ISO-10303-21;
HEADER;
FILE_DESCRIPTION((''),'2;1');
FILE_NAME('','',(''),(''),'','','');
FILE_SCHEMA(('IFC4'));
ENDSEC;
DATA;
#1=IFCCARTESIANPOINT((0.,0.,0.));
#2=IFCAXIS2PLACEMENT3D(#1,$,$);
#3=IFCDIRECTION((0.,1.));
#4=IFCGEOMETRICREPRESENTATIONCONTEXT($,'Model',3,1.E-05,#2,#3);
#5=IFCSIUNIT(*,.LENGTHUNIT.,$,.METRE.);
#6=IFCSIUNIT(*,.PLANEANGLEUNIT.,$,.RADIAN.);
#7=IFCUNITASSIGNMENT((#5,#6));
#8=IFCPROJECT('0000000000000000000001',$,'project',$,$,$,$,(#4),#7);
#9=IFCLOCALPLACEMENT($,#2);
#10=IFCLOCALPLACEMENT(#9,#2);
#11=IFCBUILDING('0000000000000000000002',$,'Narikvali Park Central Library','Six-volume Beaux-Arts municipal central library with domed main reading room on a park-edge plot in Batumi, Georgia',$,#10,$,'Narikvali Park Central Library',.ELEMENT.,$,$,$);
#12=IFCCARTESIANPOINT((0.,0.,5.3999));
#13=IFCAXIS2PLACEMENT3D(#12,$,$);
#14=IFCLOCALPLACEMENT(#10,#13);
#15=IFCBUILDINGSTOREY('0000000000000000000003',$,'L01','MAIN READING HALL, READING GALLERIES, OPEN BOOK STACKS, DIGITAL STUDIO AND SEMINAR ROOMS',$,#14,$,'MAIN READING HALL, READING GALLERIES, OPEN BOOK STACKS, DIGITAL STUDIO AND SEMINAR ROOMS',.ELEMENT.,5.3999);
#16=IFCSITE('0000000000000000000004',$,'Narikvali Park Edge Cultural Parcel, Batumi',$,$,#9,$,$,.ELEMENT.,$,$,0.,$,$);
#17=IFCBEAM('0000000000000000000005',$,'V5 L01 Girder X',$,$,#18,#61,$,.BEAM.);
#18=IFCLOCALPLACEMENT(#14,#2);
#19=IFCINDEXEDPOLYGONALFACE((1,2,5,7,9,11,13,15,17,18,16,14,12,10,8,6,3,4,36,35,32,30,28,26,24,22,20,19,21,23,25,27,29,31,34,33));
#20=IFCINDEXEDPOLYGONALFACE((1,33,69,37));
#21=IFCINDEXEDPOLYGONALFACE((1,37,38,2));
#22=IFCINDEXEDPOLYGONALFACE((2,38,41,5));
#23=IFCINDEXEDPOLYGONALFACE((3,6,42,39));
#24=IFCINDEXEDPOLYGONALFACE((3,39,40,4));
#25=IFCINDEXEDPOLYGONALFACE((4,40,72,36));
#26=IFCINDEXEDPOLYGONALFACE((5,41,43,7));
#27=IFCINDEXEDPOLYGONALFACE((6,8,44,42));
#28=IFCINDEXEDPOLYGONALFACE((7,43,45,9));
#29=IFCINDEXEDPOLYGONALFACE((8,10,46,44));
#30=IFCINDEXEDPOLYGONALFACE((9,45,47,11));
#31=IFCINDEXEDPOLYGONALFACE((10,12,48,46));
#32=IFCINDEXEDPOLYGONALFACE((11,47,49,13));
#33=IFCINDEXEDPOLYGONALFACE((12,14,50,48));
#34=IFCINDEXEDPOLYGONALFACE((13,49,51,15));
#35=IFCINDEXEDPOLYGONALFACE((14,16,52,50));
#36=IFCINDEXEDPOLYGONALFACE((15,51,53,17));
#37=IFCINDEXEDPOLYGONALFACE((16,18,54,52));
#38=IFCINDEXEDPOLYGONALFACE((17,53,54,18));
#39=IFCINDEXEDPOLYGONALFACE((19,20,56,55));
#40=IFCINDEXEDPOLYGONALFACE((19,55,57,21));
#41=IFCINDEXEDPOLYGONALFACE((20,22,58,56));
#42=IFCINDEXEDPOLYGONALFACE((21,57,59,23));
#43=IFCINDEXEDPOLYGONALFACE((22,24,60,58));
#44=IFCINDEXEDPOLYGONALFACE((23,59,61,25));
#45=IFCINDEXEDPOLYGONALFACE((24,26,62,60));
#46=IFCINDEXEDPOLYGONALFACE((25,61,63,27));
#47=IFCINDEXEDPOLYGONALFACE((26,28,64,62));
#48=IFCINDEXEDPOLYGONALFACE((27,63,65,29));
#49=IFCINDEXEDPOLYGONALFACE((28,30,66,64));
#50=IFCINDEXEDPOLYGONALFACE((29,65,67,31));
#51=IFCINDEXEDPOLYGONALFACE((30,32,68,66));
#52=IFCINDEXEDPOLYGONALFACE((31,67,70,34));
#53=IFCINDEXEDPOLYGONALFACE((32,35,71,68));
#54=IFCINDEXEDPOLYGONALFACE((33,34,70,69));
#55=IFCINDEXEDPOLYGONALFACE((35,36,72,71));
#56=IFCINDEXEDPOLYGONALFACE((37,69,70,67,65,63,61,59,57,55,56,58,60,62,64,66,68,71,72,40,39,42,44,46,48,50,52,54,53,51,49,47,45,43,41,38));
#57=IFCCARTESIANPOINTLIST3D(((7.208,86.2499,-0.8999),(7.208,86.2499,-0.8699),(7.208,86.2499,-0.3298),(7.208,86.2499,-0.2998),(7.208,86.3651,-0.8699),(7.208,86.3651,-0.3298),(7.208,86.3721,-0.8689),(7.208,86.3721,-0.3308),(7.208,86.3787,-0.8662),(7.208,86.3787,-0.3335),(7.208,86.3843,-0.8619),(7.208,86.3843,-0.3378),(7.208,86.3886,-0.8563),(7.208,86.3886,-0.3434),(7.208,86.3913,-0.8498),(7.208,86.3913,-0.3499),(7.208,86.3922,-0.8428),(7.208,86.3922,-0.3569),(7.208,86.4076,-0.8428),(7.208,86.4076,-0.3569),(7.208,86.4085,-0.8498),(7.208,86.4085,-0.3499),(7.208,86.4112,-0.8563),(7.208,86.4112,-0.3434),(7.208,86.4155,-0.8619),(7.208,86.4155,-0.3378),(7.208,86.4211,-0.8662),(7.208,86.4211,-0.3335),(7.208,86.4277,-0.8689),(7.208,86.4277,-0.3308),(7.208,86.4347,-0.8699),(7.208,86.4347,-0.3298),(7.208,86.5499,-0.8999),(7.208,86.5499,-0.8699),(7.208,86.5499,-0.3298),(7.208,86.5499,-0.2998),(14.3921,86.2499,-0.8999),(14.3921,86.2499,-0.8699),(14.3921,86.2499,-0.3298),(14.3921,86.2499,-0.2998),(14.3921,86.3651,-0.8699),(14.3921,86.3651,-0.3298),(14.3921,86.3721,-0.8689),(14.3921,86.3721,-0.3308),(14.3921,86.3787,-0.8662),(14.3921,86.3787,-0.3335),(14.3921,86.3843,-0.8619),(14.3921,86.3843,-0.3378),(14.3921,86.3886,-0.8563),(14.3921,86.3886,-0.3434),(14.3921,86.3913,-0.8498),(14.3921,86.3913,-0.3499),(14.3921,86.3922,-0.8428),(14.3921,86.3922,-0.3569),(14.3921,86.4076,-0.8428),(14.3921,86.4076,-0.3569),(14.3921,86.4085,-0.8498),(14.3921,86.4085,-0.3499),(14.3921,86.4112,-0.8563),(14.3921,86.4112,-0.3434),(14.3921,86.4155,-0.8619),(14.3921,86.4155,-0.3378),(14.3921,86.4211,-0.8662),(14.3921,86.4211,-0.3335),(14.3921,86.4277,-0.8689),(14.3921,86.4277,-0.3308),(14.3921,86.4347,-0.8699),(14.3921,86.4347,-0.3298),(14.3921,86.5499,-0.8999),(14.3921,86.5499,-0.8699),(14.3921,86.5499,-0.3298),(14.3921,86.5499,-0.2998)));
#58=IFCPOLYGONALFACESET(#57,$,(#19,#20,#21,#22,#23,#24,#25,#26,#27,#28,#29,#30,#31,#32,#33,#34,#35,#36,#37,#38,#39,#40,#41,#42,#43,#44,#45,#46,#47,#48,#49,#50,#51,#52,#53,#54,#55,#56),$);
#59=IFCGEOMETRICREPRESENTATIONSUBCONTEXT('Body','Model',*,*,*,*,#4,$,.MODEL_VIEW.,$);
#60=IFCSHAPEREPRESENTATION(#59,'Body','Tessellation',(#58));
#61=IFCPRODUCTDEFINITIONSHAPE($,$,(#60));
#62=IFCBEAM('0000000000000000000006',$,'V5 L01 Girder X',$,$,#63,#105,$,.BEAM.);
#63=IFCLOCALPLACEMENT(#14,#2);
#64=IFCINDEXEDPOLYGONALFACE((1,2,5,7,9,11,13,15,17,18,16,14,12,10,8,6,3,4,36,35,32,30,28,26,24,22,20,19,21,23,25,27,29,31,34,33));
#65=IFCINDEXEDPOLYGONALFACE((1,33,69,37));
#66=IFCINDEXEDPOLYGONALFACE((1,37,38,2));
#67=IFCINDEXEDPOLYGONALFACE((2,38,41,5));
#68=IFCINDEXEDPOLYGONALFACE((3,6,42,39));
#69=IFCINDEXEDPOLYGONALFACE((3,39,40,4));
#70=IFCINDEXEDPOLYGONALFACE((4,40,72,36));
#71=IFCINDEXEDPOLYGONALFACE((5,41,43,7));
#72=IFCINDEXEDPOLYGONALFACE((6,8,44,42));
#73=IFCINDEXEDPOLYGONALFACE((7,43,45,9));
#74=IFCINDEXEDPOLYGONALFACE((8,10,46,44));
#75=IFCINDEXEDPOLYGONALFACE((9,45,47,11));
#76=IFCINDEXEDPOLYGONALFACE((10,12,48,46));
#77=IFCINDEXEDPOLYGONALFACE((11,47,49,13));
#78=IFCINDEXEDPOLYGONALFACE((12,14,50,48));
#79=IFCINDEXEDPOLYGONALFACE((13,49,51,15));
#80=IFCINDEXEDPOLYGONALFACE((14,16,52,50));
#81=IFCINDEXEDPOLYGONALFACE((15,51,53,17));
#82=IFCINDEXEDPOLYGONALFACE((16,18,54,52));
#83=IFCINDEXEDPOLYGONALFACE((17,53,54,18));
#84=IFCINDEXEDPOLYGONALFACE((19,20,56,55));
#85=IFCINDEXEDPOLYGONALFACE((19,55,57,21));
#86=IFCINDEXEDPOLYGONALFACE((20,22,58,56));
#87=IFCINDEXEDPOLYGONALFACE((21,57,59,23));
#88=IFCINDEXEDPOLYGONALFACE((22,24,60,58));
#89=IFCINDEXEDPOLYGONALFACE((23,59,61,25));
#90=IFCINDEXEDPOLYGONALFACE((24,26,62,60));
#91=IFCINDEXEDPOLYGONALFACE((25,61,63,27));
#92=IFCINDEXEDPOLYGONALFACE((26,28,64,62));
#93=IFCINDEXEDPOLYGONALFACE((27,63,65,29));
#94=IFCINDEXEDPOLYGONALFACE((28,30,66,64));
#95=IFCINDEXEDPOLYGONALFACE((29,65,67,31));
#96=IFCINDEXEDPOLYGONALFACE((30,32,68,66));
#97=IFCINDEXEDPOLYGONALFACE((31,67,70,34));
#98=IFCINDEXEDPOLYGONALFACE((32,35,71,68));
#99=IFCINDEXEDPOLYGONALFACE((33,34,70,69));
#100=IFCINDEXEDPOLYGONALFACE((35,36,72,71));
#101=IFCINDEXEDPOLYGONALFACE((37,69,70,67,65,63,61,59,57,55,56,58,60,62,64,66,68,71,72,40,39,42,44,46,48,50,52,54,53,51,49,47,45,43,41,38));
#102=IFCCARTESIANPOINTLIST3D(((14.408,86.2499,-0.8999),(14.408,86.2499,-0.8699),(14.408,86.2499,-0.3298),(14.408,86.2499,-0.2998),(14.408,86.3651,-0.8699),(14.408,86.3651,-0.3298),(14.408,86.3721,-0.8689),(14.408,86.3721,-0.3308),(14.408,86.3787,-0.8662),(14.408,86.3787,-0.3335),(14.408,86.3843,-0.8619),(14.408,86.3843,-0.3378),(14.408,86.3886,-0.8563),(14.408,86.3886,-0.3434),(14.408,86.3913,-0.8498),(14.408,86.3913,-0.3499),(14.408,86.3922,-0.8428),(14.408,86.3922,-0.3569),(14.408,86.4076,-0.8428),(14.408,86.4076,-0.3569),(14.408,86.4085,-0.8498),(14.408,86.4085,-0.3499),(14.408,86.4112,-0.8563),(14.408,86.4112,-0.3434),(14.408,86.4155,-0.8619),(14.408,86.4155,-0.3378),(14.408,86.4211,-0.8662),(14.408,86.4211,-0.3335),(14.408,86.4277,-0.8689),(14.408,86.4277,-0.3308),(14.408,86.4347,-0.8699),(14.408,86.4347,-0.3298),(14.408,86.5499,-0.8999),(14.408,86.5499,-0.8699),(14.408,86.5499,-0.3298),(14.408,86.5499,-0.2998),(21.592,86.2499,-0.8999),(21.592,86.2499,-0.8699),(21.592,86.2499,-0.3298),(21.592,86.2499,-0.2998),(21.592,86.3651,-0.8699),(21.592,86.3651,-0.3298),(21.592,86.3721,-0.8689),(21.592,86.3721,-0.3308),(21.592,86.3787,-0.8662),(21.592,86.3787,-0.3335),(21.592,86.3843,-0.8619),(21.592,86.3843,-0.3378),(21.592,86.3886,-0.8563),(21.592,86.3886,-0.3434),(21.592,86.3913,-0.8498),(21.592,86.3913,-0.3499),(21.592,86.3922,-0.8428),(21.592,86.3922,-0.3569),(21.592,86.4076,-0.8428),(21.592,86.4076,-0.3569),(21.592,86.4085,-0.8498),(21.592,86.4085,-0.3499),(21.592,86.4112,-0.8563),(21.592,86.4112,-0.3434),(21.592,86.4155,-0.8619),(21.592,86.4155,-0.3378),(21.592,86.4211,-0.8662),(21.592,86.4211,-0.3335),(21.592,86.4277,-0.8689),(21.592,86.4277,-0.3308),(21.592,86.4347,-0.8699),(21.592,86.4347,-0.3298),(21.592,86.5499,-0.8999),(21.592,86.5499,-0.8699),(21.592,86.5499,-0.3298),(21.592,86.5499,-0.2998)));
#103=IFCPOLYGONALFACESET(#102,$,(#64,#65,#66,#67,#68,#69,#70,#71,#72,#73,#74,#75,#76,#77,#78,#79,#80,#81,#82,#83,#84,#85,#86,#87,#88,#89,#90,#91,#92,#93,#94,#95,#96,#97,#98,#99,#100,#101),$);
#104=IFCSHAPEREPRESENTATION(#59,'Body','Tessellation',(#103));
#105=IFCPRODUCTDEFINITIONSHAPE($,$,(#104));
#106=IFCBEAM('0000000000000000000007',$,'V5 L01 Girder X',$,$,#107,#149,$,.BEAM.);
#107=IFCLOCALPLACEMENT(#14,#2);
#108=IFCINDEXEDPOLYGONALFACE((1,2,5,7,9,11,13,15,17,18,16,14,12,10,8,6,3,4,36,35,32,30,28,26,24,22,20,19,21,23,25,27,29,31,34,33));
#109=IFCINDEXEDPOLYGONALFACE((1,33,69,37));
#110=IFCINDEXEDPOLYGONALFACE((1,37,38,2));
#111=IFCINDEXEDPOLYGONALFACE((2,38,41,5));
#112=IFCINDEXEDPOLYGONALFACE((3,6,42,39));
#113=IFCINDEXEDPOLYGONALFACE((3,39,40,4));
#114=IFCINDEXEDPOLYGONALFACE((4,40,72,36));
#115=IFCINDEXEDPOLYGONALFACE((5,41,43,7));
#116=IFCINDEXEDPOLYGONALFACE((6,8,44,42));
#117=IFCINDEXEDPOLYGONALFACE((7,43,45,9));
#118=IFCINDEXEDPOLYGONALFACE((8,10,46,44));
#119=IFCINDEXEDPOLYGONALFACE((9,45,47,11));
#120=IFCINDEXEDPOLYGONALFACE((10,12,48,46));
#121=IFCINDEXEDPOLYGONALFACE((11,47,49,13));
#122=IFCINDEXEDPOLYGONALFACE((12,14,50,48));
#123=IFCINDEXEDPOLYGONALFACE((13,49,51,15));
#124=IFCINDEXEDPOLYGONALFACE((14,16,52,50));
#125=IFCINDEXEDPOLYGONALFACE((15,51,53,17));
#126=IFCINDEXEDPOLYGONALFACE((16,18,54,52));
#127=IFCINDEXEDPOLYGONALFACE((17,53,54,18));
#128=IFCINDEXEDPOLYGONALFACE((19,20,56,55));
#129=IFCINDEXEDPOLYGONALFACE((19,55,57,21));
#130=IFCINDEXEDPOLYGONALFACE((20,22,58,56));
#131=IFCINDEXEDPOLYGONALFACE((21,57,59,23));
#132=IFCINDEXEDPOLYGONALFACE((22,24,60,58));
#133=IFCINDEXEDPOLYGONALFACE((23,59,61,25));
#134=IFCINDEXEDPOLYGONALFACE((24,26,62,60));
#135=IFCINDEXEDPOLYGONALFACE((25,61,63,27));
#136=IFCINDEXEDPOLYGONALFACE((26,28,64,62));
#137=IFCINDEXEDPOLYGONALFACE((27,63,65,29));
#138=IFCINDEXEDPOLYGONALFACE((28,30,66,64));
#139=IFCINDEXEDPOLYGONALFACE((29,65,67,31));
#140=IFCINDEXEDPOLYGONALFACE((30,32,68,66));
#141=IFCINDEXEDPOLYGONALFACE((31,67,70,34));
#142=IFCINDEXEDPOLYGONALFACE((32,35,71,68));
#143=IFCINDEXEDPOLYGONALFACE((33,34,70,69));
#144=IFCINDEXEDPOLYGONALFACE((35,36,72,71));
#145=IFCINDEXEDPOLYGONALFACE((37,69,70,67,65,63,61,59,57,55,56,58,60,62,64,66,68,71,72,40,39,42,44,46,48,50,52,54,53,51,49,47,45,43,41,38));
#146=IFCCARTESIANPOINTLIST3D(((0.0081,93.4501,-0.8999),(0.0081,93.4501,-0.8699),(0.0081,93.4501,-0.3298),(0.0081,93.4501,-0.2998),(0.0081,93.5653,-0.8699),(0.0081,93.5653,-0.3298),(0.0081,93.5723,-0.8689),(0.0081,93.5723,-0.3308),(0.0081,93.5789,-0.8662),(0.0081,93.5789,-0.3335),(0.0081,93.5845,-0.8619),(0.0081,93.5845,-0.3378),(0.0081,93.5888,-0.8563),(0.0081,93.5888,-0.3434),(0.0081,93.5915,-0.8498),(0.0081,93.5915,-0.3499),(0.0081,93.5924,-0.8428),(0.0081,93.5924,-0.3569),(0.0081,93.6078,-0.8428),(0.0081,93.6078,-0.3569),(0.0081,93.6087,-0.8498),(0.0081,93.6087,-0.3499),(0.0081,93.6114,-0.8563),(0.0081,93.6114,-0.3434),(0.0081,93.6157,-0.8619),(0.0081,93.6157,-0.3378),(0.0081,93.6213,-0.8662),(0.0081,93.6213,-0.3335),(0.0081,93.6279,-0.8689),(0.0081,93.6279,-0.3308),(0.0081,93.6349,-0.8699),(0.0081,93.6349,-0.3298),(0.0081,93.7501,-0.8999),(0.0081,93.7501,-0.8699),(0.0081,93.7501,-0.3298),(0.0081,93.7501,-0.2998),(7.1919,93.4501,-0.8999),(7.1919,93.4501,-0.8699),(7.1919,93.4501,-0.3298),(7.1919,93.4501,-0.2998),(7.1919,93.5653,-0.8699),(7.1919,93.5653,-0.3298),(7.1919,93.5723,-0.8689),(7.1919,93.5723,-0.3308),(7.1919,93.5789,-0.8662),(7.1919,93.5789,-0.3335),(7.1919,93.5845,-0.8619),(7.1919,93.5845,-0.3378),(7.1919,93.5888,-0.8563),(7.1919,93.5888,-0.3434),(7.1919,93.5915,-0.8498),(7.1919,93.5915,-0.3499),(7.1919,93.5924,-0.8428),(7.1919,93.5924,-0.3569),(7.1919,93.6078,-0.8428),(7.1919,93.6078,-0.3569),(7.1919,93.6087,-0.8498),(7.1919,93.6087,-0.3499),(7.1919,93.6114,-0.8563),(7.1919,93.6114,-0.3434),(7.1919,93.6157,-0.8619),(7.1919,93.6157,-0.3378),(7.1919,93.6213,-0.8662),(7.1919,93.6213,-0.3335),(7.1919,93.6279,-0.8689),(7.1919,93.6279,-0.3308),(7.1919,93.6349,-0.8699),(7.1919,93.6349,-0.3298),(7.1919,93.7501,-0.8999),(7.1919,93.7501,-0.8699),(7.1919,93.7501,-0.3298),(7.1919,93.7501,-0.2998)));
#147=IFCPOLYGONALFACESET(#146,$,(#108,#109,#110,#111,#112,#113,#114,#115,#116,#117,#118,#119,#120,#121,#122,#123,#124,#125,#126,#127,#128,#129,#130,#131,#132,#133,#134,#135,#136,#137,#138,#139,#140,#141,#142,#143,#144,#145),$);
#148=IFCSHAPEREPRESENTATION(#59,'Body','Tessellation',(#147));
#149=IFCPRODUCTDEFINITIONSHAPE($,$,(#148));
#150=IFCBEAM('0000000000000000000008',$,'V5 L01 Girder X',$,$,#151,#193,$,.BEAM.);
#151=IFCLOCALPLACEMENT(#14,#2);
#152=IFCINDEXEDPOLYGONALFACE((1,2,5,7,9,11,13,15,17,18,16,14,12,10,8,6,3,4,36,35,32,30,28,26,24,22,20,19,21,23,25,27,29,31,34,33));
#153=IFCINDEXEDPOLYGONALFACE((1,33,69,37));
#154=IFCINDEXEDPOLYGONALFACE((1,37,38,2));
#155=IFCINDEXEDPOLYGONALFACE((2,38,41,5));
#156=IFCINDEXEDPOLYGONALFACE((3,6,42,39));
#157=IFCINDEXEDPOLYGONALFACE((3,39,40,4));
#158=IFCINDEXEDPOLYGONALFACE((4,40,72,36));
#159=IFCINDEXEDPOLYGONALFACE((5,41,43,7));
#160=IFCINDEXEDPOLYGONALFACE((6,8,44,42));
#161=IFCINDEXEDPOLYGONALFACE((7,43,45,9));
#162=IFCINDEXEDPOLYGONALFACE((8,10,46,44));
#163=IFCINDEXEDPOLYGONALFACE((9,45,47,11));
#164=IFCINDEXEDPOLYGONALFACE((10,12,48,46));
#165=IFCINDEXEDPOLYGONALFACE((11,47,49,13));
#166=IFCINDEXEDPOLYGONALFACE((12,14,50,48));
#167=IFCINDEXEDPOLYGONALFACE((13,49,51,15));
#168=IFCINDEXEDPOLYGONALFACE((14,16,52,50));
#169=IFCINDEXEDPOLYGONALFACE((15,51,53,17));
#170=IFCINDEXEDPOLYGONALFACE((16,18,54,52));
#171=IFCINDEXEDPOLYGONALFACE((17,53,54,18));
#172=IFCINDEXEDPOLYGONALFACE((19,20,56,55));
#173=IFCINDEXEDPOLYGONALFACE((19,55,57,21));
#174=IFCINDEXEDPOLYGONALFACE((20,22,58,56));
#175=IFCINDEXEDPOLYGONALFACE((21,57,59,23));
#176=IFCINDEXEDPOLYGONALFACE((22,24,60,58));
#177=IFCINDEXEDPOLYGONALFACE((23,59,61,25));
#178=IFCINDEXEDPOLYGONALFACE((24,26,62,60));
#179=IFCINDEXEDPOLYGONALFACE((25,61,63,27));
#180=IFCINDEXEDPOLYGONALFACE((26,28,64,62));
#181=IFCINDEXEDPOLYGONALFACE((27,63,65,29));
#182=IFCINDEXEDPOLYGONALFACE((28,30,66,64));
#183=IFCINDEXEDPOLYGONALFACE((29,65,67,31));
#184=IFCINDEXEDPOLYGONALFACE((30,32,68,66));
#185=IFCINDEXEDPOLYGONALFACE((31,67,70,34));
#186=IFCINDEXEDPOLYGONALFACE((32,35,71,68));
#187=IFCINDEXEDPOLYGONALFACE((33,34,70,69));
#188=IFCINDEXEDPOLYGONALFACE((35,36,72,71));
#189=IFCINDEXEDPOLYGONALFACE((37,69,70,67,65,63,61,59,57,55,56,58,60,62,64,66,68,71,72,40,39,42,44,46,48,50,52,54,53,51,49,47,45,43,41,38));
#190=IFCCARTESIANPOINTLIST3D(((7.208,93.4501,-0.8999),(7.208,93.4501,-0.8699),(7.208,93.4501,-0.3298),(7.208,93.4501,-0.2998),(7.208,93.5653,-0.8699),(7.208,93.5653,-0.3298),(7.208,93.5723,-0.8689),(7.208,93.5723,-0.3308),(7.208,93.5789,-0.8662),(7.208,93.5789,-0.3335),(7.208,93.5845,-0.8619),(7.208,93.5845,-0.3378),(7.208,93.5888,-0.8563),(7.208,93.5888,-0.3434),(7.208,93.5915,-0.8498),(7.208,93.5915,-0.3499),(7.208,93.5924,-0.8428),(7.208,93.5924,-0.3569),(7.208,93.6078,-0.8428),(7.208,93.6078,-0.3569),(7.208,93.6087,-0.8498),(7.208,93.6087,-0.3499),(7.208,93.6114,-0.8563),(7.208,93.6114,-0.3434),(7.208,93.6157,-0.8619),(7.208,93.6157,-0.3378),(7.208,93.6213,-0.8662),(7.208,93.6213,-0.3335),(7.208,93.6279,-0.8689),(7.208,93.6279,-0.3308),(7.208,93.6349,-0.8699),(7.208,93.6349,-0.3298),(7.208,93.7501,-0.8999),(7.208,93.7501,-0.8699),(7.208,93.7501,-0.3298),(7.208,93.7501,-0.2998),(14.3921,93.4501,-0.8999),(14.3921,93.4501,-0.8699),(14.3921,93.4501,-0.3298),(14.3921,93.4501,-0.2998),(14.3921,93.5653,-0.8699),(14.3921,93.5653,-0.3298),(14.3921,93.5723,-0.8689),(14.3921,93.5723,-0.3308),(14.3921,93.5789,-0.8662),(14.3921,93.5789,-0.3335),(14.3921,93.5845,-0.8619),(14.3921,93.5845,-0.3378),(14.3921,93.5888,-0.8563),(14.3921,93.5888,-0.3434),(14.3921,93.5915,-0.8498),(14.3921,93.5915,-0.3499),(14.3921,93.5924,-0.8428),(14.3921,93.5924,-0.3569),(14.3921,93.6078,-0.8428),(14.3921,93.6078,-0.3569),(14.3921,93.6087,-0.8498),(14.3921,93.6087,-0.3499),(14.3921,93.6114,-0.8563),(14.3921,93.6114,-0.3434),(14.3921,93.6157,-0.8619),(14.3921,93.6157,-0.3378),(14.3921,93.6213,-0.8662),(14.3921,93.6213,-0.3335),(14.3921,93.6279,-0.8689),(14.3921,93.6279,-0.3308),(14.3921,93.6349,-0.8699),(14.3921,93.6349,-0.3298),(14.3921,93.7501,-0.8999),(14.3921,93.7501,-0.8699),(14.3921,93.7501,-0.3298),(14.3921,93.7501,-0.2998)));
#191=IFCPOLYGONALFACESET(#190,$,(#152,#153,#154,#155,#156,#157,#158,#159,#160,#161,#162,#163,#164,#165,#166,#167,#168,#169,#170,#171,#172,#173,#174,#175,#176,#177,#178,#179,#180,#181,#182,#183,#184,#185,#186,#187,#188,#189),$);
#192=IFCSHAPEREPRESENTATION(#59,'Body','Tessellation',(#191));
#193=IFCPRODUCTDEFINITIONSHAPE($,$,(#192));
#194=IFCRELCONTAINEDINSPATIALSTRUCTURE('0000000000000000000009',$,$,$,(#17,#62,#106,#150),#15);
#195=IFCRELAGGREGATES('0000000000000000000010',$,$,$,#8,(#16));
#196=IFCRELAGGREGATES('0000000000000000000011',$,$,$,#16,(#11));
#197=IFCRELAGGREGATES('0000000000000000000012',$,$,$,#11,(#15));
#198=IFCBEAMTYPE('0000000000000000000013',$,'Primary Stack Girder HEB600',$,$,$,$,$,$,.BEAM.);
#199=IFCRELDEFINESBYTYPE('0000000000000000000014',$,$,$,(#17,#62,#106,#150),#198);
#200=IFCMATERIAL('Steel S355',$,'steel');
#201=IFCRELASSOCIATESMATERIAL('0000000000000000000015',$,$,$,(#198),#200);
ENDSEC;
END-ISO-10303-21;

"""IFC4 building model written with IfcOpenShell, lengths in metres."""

from ifc_helpers import new_model, si_unit, direction, frame, origin, origin_2d, place, context, subcontext, project, spatial, i_section, extrude, material, material_profile, profile_set, type_object, element, save


model = new_model("IFC4")

# Units and contexts
model_context = context("Model", 3, precision=1e-05, world=origin(), true_north=direction((0.0, 1.0)))
body_context = subcontext(model_context, "Body", "Model", "MODEL_VIEW")
ifc_project = project(units=[si_unit("LENGTHUNIT", "METRE"), si_unit("PLANEANGLEUNIT", "RADIAN")], contexts=[model_context])

# Site, building, storey
site_placement = place(None, origin())
site = spatial("IfcSite", under=ifc_project, at=site_placement, Name="Narikvali Park Edge Cultural Parcel, Batumi", CompositionType="ELEMENT", RefElevation=0.0)
building_placement = place(site_placement, origin())
building = spatial("IfcBuilding", under=site, at=building_placement, Name="Narikvali Park Central Library", Description="Six-volume Beaux-Arts municipal central library with domed main reading room on a park-edge plot in Batumi, Georgia", LongName="Narikvali Park Central Library", CompositionType="ELEMENT")
storey_placement = place(building_placement, frame((0.0, 0.0, 5.3999)))
storey = spatial("IfcBuildingStorey", under=building, at=storey_placement, Name="L01", Description="MAIN READING HALL, READING GALLERIES, OPEN BOOK STACKS, DIGITAL STUDIO AND SEMINAR ROOMS", LongName="MAIN READING HALL, READING GALLERIES, OPEN BOOK STACKS, DIGITAL STUDIO AND SEMINAR ROOMS", CompositionType="ELEMENT", Elevation=5.3999)

# Shared definitions
ifc_material_1 = material(Name="Steel S355", Category="steel")

# Beams
ifc_material_profile_1 = material_profile(ifc_material_1, i_section(OverallWidth=0.3, OverallDepth=0.6001, WebThickness=0.0154, FlangeThickness=0.03, FilletRadius=0.0271, at=origin_2d()), Name="HEB 600")
ifc_profile_set_1 = profile_set([ifc_material_profile_1], Name="Steel S355")
beam_type_1 = type_object("IfcBeamType", Name="Primary Stack Girder HEB600", PredefinedType="BEAM", material=ifc_profile_set_1)
for number, where, z_axis, x_axis, name in (
    (1, (7.208, 86.3999, -0.5999), (1.0, 0.0, 0.0), (0.0, 1.0, 0.0), "V5 L01 Girder X"),
    (2, (14.408, 86.3999, -0.5999), (1.0, 0.0, 0.0), (0.0, 1.0, 0.0), "V5 L01 Girder X"),
):
    element("IfcBeam", number, at=place(storey_placement, frame(where, z_axis=z_axis, x_axis=x_axis)), inside=storey, type_object=beam_type_1, Name=name, PredefinedType="BEAM", context=body_context, shape_type="SweptSolid", body=[
        extrude(i_section(OverallWidth=0.3, OverallDepth=0.6001, WebThickness=0.0154, FlangeThickness=0.03, FilletRadius=0.0271, at=origin_2d()), origin(), (0.0, 0.0, 1.0), 7.1841),
    ])
beam_1_placement = place(storey_placement, frame((0.0081, 93.6001, -0.5999), z_axis=(1.0, 0.0, 0.0), x_axis=(0.0, 1.0, 0.0)))
element("IfcBeam", 3, at=beam_1_placement, inside=storey, type_object=beam_type_1, Name="V5 L01 Girder X", PredefinedType="BEAM", context=body_context, shape_type="SweptSolid", body=[
    extrude(i_section(OverallWidth=0.3, OverallDepth=0.6001, WebThickness=0.0154, FlangeThickness=0.03, FilletRadius=0.0271, at=origin_2d()), origin(), (0.0, 0.0, 1.0), 7.1838),
])
beam_2_placement = place(storey_placement, frame((7.208, 93.6001, -0.5999), z_axis=(1.0, 0.0, 0.0), x_axis=(0.0, 1.0, 0.0)))
element("IfcBeam", 4, at=beam_2_placement, inside=storey, type_object=beam_type_1, Name="V5 L01 Girder X", PredefinedType="BEAM", context=body_context, shape_type="SweptSolid", body=[
    extrude(i_section(OverallWidth=0.3, OverallDepth=0.6001, WebThickness=0.0154, FlangeThickness=0.03, FilletRadius=0.0271, at=origin_2d()), origin(), (0.0, 0.0, 1.0), 7.1841),
])

save(model, "model.ifc")
